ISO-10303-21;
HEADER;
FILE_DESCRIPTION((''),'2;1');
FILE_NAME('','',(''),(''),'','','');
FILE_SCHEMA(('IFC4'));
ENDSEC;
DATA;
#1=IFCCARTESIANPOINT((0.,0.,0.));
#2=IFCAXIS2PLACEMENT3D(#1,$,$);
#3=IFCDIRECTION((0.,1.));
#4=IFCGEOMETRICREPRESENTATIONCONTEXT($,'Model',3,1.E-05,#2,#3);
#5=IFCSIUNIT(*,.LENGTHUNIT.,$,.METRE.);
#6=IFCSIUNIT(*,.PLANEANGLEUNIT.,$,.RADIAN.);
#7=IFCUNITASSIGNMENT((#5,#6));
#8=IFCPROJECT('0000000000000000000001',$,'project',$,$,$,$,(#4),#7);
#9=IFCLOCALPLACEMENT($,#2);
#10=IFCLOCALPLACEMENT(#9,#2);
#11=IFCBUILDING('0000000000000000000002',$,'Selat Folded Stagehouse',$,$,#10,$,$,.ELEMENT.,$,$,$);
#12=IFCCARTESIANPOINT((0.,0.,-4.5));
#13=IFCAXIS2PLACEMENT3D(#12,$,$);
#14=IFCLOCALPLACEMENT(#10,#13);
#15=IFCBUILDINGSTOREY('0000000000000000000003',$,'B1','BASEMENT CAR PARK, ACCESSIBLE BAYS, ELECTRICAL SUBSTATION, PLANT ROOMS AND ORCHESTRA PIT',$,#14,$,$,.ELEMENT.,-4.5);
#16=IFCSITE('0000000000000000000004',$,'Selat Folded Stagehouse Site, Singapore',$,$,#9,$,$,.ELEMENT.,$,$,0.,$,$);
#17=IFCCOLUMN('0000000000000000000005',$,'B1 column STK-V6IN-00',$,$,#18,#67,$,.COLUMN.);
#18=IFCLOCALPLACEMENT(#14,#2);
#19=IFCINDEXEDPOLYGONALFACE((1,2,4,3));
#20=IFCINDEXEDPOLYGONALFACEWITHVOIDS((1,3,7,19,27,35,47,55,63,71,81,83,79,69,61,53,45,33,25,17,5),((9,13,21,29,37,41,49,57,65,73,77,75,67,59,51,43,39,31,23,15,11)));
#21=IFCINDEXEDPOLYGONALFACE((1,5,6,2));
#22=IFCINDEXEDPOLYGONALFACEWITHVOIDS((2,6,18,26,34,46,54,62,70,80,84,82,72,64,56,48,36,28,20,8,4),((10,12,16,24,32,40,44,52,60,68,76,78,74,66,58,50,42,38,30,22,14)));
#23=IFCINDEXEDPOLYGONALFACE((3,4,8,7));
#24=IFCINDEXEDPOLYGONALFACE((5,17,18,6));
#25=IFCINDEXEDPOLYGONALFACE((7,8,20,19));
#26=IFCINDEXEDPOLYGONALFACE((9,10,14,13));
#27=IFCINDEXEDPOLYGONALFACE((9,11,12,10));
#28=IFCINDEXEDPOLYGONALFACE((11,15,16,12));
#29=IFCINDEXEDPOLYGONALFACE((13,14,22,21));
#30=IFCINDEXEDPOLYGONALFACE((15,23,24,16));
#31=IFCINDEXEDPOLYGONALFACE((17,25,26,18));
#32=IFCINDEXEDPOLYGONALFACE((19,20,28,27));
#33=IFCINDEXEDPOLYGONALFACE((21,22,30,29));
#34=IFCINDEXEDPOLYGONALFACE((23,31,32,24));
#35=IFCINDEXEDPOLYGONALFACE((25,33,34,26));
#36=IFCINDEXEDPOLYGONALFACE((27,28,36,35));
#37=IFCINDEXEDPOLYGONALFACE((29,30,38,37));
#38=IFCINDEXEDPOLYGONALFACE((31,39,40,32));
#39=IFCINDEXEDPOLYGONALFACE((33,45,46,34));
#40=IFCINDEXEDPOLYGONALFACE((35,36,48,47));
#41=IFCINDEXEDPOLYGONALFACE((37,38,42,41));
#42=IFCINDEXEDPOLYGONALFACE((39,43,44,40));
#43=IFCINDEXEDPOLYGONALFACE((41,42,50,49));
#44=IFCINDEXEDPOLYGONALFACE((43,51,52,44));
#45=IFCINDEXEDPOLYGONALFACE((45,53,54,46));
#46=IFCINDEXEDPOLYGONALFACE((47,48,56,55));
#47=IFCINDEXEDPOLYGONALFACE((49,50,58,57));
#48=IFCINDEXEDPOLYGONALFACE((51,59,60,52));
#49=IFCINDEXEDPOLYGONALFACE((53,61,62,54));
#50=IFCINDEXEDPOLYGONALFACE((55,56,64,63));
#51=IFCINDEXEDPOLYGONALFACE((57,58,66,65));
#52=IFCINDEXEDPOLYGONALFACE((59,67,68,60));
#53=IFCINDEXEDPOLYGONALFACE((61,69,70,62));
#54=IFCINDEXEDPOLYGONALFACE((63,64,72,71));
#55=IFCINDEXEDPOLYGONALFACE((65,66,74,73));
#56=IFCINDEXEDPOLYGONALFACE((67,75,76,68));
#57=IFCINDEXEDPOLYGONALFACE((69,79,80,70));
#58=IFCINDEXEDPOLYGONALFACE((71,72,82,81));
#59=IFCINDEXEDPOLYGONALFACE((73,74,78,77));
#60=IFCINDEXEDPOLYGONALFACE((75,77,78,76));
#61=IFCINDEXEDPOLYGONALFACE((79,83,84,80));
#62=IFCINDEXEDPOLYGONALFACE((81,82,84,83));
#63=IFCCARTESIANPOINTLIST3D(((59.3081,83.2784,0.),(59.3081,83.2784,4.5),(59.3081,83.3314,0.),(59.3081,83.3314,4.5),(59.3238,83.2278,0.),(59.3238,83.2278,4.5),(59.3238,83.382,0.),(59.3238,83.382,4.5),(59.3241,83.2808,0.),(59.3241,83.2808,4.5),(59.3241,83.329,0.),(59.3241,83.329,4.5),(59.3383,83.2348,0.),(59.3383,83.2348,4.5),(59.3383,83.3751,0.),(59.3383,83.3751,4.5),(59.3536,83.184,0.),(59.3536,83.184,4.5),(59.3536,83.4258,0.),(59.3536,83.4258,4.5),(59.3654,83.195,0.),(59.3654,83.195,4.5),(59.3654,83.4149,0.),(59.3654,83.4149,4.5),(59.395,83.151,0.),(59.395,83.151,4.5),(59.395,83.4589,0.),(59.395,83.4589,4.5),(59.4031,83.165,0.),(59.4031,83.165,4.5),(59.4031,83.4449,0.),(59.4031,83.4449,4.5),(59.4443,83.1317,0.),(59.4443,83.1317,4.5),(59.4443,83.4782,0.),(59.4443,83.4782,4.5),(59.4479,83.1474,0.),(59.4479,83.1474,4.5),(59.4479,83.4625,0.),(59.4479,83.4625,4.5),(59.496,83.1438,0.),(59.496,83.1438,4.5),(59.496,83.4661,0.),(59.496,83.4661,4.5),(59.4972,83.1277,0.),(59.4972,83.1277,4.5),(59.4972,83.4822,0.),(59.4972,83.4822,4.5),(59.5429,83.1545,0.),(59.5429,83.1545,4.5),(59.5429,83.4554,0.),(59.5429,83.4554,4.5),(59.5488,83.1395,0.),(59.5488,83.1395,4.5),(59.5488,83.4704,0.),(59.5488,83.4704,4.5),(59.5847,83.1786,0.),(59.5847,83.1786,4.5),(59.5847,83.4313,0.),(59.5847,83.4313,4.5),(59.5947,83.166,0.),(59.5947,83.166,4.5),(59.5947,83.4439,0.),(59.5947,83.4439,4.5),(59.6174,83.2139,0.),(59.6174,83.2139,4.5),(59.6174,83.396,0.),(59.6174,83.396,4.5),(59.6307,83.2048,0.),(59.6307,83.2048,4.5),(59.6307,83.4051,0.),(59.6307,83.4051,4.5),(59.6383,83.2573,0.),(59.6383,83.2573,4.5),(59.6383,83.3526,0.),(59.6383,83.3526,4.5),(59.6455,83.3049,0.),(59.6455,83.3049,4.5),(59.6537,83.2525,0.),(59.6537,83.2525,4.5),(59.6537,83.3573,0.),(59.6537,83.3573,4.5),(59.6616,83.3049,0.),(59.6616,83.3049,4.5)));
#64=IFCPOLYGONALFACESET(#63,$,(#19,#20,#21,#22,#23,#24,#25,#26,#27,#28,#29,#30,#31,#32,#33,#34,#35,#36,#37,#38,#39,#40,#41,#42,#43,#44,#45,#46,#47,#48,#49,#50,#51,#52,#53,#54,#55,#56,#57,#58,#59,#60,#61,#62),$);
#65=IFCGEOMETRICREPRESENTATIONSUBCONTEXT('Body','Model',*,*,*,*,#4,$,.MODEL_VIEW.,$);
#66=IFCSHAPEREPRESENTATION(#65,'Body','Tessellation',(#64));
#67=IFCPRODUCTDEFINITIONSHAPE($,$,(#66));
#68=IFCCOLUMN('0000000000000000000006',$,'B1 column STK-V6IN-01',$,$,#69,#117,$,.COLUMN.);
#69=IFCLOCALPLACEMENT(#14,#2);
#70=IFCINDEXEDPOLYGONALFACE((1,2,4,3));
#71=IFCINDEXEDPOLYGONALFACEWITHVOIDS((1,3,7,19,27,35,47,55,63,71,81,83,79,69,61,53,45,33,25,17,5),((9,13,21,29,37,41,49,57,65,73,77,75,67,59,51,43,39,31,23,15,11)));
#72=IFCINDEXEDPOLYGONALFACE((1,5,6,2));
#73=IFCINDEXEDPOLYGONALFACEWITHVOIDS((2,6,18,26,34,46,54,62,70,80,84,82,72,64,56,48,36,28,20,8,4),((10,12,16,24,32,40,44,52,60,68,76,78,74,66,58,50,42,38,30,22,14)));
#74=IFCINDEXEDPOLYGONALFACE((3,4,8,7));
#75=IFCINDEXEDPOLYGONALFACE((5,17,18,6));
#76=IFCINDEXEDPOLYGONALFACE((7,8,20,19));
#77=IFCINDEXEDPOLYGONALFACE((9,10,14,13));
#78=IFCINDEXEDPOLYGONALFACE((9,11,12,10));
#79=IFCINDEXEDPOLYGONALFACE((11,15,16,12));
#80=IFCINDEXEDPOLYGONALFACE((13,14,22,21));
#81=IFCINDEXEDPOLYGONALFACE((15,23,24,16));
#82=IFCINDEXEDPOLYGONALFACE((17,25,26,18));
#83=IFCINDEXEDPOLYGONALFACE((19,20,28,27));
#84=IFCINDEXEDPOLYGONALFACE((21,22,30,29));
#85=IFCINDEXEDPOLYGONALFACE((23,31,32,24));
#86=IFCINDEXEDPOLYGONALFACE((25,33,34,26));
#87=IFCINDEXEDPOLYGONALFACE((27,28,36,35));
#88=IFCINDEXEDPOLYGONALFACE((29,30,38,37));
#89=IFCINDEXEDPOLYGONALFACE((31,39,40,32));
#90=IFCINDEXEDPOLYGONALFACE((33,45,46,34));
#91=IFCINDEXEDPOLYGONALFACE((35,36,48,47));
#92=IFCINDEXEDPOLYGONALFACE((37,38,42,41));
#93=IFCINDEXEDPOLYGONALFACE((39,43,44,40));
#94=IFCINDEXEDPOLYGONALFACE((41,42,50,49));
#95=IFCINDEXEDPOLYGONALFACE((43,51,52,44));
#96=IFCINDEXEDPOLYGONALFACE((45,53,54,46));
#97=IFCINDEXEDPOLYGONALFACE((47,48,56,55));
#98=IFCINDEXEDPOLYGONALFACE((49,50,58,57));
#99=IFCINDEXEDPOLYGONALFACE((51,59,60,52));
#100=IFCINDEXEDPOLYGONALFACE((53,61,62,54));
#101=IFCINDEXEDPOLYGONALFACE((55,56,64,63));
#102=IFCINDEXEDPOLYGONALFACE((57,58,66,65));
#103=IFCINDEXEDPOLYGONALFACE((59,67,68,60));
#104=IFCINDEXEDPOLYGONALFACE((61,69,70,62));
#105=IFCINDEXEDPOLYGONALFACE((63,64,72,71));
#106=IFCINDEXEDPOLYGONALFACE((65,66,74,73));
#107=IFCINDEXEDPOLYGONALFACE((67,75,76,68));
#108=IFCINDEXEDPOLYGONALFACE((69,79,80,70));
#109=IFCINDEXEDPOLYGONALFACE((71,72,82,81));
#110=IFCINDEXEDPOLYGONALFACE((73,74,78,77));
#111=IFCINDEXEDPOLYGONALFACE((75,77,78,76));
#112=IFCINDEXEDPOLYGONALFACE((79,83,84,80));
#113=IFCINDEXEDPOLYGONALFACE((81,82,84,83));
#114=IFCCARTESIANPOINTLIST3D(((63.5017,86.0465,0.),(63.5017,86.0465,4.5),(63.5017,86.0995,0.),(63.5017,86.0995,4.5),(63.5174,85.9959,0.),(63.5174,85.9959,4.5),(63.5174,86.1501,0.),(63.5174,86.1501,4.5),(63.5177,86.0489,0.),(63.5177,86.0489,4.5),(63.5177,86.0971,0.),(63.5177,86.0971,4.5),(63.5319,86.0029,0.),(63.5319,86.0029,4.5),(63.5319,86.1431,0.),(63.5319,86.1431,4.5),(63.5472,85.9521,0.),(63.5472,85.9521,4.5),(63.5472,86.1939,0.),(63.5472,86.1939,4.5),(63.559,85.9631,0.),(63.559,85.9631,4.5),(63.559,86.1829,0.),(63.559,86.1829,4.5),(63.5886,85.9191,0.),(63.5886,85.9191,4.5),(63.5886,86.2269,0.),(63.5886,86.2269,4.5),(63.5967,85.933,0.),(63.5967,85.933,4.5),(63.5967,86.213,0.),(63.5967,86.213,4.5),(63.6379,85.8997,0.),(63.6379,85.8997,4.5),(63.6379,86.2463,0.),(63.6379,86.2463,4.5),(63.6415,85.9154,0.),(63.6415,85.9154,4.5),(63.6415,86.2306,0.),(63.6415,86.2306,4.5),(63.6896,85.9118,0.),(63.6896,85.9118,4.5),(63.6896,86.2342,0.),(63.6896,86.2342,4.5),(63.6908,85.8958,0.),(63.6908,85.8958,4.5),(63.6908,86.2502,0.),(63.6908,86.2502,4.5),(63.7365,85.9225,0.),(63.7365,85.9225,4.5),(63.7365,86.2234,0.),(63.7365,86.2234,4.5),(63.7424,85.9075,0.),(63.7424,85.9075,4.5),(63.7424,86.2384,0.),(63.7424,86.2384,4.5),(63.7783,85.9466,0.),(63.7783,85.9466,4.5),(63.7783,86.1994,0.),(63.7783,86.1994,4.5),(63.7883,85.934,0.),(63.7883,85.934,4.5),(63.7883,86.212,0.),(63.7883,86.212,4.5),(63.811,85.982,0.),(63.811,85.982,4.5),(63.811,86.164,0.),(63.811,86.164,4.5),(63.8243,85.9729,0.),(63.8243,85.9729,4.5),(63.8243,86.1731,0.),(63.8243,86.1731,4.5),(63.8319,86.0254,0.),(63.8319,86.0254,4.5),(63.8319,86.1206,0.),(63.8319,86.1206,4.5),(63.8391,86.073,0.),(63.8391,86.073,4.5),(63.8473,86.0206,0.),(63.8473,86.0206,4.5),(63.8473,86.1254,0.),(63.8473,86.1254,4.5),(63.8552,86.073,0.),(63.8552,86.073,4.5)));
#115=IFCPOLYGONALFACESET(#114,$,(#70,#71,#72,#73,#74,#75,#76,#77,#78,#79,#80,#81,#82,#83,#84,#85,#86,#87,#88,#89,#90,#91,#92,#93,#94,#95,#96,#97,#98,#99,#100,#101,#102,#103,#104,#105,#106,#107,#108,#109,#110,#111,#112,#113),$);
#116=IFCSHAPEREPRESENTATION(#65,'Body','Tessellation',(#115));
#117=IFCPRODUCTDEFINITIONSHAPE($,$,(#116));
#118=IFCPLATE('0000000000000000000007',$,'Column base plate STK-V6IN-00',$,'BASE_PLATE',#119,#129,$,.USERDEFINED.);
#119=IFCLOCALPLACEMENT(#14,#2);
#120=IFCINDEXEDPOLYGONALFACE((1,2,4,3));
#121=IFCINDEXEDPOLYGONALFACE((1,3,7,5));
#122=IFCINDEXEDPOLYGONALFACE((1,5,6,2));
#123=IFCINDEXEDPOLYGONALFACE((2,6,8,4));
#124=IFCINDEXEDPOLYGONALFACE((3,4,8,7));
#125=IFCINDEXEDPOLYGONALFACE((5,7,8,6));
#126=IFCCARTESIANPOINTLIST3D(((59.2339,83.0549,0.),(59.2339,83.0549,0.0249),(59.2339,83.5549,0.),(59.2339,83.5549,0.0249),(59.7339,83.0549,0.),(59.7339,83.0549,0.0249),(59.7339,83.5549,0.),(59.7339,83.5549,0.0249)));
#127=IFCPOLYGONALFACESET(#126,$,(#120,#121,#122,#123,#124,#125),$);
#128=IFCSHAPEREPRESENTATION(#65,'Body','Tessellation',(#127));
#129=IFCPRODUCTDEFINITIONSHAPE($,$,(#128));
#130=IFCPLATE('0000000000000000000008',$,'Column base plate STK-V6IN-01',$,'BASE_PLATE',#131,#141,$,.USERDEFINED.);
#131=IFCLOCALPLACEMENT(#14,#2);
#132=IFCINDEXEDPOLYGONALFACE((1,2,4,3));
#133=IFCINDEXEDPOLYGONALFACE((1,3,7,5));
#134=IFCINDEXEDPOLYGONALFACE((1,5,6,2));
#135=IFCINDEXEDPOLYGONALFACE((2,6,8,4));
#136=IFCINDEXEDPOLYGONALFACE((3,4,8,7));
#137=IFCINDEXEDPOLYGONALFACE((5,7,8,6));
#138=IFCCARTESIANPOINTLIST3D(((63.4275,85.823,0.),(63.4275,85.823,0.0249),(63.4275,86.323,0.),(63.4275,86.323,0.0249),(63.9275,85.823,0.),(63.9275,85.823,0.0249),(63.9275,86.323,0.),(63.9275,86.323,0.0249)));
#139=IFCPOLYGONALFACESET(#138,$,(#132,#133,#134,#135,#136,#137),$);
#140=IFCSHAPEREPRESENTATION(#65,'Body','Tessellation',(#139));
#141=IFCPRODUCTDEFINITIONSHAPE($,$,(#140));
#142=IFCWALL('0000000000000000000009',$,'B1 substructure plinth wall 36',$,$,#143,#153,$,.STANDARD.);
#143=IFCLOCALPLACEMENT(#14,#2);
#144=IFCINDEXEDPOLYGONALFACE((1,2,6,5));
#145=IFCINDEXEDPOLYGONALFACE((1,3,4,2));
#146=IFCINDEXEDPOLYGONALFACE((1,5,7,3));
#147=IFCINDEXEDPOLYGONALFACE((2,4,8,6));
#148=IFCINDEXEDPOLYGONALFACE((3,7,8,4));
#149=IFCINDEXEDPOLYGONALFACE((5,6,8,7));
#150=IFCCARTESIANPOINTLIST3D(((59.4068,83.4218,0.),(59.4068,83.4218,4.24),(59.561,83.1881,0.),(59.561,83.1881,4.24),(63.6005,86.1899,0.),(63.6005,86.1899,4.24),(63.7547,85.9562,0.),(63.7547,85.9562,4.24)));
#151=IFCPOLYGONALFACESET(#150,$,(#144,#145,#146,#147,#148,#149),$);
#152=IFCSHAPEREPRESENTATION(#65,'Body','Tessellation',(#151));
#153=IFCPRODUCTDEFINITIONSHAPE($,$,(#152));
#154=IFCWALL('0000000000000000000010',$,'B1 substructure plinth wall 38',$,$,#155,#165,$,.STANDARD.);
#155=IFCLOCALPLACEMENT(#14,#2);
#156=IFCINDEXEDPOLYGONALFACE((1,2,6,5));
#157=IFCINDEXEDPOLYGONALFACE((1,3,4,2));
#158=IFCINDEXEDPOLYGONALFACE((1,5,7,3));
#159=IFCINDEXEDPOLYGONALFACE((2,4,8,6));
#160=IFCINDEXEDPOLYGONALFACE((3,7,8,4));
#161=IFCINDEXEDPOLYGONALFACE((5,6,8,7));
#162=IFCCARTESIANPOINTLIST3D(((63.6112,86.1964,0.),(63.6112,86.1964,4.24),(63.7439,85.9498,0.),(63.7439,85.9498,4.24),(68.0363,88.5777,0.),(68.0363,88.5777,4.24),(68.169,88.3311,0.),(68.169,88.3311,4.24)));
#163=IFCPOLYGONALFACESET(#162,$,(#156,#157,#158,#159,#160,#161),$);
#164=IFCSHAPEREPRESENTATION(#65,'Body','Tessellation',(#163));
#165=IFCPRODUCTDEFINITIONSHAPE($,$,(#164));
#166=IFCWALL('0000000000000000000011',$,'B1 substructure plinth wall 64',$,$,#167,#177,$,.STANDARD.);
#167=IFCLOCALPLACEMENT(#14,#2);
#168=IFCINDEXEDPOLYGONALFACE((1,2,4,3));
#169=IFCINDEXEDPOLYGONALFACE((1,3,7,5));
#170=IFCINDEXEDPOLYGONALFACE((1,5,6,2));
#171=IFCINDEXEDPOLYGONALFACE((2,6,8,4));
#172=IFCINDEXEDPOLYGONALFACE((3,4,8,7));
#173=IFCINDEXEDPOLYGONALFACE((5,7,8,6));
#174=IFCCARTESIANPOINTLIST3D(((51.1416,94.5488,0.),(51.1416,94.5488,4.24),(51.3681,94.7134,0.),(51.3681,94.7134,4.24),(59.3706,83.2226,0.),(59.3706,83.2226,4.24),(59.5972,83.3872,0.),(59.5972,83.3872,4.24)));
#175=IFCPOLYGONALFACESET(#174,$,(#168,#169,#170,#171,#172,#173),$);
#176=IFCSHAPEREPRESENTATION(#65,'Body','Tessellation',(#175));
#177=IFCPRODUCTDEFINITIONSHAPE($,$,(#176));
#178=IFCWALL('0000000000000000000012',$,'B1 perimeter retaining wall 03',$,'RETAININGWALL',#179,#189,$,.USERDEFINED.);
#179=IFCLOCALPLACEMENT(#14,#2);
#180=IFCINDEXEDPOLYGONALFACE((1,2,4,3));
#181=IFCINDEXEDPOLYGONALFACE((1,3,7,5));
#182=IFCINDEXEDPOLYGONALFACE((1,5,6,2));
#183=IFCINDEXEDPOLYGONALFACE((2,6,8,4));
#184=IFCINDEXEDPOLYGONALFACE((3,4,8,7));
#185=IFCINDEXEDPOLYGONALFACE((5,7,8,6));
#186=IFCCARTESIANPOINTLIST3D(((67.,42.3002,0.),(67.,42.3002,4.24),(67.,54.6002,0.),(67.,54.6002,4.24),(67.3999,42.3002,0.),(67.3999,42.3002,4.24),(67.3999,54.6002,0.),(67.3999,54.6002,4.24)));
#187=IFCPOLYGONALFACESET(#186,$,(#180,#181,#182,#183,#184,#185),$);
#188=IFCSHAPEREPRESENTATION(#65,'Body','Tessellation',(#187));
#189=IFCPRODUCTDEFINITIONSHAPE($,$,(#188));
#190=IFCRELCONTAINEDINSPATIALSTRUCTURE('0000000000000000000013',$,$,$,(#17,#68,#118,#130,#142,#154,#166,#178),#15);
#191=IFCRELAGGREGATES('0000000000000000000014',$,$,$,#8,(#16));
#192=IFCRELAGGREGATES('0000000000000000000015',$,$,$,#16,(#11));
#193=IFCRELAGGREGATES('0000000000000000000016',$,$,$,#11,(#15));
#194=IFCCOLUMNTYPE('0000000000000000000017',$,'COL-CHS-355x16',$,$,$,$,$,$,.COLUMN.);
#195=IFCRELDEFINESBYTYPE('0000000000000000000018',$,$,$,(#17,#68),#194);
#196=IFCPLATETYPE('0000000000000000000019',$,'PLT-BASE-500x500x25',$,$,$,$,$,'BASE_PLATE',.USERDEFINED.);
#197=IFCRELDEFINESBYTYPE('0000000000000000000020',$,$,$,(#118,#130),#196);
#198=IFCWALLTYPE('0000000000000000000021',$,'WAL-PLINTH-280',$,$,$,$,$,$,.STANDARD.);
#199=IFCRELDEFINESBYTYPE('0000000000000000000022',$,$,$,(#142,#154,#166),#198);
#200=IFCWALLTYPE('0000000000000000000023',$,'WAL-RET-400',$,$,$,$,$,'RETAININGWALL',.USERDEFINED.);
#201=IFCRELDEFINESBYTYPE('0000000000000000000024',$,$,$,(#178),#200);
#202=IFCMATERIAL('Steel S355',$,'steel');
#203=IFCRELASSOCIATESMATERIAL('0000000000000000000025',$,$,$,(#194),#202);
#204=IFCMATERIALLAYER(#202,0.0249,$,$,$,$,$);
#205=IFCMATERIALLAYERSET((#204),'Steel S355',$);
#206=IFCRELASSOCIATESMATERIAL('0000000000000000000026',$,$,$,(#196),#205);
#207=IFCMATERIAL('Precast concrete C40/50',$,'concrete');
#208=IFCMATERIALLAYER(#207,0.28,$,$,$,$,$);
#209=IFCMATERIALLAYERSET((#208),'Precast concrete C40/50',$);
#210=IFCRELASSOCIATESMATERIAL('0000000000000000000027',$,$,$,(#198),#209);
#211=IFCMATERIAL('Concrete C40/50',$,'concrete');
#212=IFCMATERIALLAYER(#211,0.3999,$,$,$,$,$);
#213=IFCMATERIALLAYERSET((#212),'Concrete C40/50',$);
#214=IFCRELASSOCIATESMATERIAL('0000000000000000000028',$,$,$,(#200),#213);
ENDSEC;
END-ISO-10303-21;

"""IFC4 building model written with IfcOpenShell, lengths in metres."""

from ifc_helpers import new_model, si_unit, direction, frame, frame_2d, origin, origin_2d, place, context, subcontext, project, spatial, rectangle, hollow_circle, extrude, material, layer, layer_set, material_profile, profile_set, type_object, element, save


model = new_model("IFC4")

# Units and contexts
model_context = context("Model", 3, precision=1e-05, world=origin(), true_north=direction((0.0, 1.0)))
body_context = subcontext(model_context, "Body", "Model", "MODEL_VIEW")
ifc_project = project(units=[si_unit("LENGTHUNIT", "METRE"), si_unit("PLANEANGLEUNIT", "RADIAN")], contexts=[model_context])

# Site, building, storey
site_placement = place(None, origin())
site = spatial("IfcSite", under=ifc_project, at=site_placement, Name="Selat Folded Stagehouse Site, Singapore", CompositionType="ELEMENT", RefElevation=0.0)
building_placement = place(site_placement, origin())
building = spatial("IfcBuilding", under=site, at=building_placement, Name="Selat Folded Stagehouse", CompositionType="ELEMENT")
storey_placement = place(building_placement, frame((0.0, 0.0, -4.5)))
storey = spatial("IfcBuildingStorey", under=building, at=storey_placement, Name="B1", Description="BASEMENT CAR PARK, ACCESSIBLE BAYS, ELECTRICAL SUBSTATION, PLANT ROOMS AND ORCHESTRA PIT", CompositionType="ELEMENT", Elevation=-4.5)

# Shared definitions
ifc_material_1 = material(Name="Concrete C40/50", Category="concrete")

# Columns
ifc_material_2 = material(Name="Steel S355", Category="steel")
ifc_material_profile_1 = material_profile(ifc_material_2, hollow_circle(Radius=0.1777, WallThickness=0.0161, at=origin_2d()), Name="CHS 355.6x16.0")
ifc_profile_set_1 = profile_set([ifc_material_profile_1], Name="Steel S355")
column_type = type_object("IfcColumnType", Name="COL-CHS-355x16", PredefinedType="COLUMN", material=ifc_profile_set_1)
for number, where, z_axis, x_axis, name in (
    (1, (59.4839, 83.3049, 0.0), (0.0, 0.0, 1.0), (1.0, 0.0, 0.0), "B1 column STK-V6IN-00"),
    (2, (63.6775, 86.073, 0.0), (0.0, 0.0, 1.0), (1.0, 0.0, 0.0), "B1 column STK-V6IN-01"),
):
    element("IfcColumn", number, at=place(storey_placement, frame(where, z_axis=z_axis, x_axis=x_axis)), inside=storey, type_object=column_type, Name=name, PredefinedType="COLUMN", context=body_context, shape_type="SweptSolid", body=[
        extrude(hollow_circle(Radius=0.1777, WallThickness=0.0161, at=origin_2d()), origin(), (0.0, 0.0, 1.0), 4.5),
    ])

# Plates
ifc_layer_1 = layer(ifc_material_2, 0.0249)
ifc_layer_set_1 = layer_set([ifc_layer_1], Name="Steel S355")
plate_type = type_object("IfcPlateType", Name="PLT-BASE-500x500x25", ElementType="BASE_PLATE", PredefinedType="USERDEFINED", material=ifc_layer_set_1)
for number, where, z_axis, x_axis, name in (
    (3, (59.4839, 83.3049, 0.0), (0.0, 0.0, 1.0), (1.0, 0.0, 0.0), "Column base plate STK-V6IN-00"),
    (4, (63.6775, 86.073, 0.0), (0.0, 0.0, 1.0), (1.0, 0.0, 0.0), "Column base plate STK-V6IN-01"),
):
    element("IfcPlate", number, at=place(storey_placement, frame(where, z_axis=z_axis, x_axis=x_axis)), inside=storey, type_object=plate_type, Name=name, ObjectType="BASE_PLATE", PredefinedType="USERDEFINED", context=body_context, shape_type="SweptSolid", body=[
        extrude(rectangle(XDim=0.5, YDim=0.5, at=origin_2d()), origin(), (0.0, 0.0, 1.0), 0.0249),
    ])

# Walls
ifc_material_3 = material(Name="Precast concrete C40/50", Category="concrete")
ifc_layer_2 = layer(ifc_material_3, 0.28)
ifc_layer_set_2 = layer_set([ifc_layer_2], Name="Precast concrete C40/50")
wall_type_1 = type_object("IfcWallType", Name="WAL-PLINTH-280", PredefinedType="STANDARD", material=ifc_layer_set_2)
wall_1_placement = place(storey_placement, frame((59.4839, 83.3049, 0.0), z_axis=(0.0, 0.0, 1.0), x_axis=(0.834583, 0.550882, 0.0)))
element("IfcWall", 5, at=wall_1_placement, inside=storey, type_object=wall_type_1, Name="B1 substructure plinth wall 36", PredefinedType="STANDARD", context=body_context, shape_type="SweptSolid", body=[
    extrude(rectangle(XDim=5.0249, YDim=0.28, at=frame_2d((2.5125, 0.0))), origin(), (0.0, 0.0, 1.0), 4.24),
])
wall_2_placement = place(storey_placement, frame((63.6775, 86.073, 0.0), z_axis=(0.0, 0.0, 1.0), x_axis=(0.880585, 0.473888, 0.0)))
element("IfcWall", 6, at=wall_2_placement, inside=storey, type_object=wall_type_1, Name="B1 substructure plinth wall 38", PredefinedType="STANDARD", context=body_context, shape_type="SweptSolid", body=[
    extrude(rectangle(XDim=5.0251, YDim=0.28, at=frame_2d((2.5127, 0.0))), origin(), (0.0, 0.0, 1.0), 4.24),
])
wall_3_placement = place(storey_placement, frame((59.4839, 83.3049, 0.0), z_axis=(0.0, 0.0, 1.0), x_axis=(-0.587788, 0.809015, 0.0)))
element("IfcWall", 7, at=wall_3_placement, inside=storey, type_object=wall_type_1, Name="B1 substructure plinth wall 64", PredefinedType="STANDARD", context=body_context, shape_type="SweptSolid", body=[
    extrude(rectangle(XDim=14.0, YDim=0.28, at=frame_2d((7.0, 0.0))), origin(), (0.0, 0.0, 1.0), 4.24),
])
ifc_layer_3 = layer(ifc_material_1, 0.3999)
ifc_layer_set_3 = layer_set([ifc_layer_3], Name="Concrete C40/50")
wall_type_2 = type_object("IfcWallType", Name="WAL-RET-400", ElementType="RETAININGWALL", PredefinedType="USERDEFINED", material=ifc_layer_set_3)
wall_4_placement = place(storey_placement, frame((67.2, 54.6001, 0.0), z_axis=(0.0, 0.0, 1.0), x_axis=(0.0, -1.0, 0.0)))
element("IfcWall", 8, at=wall_4_placement, inside=storey, type_object=wall_type_2, Name="B1 perimeter retaining wall 03", ObjectType="RETAININGWALL", PredefinedType="USERDEFINED", context=body_context, shape_type="SweptSolid", body=[
    extrude(rectangle(XDim=12.3, YDim=0.3999, at=frame_2d((6.1499, 0.0))), origin(), (0.0, 0.0, 1.0), 4.24),
])

save(model, "model.ifc")
